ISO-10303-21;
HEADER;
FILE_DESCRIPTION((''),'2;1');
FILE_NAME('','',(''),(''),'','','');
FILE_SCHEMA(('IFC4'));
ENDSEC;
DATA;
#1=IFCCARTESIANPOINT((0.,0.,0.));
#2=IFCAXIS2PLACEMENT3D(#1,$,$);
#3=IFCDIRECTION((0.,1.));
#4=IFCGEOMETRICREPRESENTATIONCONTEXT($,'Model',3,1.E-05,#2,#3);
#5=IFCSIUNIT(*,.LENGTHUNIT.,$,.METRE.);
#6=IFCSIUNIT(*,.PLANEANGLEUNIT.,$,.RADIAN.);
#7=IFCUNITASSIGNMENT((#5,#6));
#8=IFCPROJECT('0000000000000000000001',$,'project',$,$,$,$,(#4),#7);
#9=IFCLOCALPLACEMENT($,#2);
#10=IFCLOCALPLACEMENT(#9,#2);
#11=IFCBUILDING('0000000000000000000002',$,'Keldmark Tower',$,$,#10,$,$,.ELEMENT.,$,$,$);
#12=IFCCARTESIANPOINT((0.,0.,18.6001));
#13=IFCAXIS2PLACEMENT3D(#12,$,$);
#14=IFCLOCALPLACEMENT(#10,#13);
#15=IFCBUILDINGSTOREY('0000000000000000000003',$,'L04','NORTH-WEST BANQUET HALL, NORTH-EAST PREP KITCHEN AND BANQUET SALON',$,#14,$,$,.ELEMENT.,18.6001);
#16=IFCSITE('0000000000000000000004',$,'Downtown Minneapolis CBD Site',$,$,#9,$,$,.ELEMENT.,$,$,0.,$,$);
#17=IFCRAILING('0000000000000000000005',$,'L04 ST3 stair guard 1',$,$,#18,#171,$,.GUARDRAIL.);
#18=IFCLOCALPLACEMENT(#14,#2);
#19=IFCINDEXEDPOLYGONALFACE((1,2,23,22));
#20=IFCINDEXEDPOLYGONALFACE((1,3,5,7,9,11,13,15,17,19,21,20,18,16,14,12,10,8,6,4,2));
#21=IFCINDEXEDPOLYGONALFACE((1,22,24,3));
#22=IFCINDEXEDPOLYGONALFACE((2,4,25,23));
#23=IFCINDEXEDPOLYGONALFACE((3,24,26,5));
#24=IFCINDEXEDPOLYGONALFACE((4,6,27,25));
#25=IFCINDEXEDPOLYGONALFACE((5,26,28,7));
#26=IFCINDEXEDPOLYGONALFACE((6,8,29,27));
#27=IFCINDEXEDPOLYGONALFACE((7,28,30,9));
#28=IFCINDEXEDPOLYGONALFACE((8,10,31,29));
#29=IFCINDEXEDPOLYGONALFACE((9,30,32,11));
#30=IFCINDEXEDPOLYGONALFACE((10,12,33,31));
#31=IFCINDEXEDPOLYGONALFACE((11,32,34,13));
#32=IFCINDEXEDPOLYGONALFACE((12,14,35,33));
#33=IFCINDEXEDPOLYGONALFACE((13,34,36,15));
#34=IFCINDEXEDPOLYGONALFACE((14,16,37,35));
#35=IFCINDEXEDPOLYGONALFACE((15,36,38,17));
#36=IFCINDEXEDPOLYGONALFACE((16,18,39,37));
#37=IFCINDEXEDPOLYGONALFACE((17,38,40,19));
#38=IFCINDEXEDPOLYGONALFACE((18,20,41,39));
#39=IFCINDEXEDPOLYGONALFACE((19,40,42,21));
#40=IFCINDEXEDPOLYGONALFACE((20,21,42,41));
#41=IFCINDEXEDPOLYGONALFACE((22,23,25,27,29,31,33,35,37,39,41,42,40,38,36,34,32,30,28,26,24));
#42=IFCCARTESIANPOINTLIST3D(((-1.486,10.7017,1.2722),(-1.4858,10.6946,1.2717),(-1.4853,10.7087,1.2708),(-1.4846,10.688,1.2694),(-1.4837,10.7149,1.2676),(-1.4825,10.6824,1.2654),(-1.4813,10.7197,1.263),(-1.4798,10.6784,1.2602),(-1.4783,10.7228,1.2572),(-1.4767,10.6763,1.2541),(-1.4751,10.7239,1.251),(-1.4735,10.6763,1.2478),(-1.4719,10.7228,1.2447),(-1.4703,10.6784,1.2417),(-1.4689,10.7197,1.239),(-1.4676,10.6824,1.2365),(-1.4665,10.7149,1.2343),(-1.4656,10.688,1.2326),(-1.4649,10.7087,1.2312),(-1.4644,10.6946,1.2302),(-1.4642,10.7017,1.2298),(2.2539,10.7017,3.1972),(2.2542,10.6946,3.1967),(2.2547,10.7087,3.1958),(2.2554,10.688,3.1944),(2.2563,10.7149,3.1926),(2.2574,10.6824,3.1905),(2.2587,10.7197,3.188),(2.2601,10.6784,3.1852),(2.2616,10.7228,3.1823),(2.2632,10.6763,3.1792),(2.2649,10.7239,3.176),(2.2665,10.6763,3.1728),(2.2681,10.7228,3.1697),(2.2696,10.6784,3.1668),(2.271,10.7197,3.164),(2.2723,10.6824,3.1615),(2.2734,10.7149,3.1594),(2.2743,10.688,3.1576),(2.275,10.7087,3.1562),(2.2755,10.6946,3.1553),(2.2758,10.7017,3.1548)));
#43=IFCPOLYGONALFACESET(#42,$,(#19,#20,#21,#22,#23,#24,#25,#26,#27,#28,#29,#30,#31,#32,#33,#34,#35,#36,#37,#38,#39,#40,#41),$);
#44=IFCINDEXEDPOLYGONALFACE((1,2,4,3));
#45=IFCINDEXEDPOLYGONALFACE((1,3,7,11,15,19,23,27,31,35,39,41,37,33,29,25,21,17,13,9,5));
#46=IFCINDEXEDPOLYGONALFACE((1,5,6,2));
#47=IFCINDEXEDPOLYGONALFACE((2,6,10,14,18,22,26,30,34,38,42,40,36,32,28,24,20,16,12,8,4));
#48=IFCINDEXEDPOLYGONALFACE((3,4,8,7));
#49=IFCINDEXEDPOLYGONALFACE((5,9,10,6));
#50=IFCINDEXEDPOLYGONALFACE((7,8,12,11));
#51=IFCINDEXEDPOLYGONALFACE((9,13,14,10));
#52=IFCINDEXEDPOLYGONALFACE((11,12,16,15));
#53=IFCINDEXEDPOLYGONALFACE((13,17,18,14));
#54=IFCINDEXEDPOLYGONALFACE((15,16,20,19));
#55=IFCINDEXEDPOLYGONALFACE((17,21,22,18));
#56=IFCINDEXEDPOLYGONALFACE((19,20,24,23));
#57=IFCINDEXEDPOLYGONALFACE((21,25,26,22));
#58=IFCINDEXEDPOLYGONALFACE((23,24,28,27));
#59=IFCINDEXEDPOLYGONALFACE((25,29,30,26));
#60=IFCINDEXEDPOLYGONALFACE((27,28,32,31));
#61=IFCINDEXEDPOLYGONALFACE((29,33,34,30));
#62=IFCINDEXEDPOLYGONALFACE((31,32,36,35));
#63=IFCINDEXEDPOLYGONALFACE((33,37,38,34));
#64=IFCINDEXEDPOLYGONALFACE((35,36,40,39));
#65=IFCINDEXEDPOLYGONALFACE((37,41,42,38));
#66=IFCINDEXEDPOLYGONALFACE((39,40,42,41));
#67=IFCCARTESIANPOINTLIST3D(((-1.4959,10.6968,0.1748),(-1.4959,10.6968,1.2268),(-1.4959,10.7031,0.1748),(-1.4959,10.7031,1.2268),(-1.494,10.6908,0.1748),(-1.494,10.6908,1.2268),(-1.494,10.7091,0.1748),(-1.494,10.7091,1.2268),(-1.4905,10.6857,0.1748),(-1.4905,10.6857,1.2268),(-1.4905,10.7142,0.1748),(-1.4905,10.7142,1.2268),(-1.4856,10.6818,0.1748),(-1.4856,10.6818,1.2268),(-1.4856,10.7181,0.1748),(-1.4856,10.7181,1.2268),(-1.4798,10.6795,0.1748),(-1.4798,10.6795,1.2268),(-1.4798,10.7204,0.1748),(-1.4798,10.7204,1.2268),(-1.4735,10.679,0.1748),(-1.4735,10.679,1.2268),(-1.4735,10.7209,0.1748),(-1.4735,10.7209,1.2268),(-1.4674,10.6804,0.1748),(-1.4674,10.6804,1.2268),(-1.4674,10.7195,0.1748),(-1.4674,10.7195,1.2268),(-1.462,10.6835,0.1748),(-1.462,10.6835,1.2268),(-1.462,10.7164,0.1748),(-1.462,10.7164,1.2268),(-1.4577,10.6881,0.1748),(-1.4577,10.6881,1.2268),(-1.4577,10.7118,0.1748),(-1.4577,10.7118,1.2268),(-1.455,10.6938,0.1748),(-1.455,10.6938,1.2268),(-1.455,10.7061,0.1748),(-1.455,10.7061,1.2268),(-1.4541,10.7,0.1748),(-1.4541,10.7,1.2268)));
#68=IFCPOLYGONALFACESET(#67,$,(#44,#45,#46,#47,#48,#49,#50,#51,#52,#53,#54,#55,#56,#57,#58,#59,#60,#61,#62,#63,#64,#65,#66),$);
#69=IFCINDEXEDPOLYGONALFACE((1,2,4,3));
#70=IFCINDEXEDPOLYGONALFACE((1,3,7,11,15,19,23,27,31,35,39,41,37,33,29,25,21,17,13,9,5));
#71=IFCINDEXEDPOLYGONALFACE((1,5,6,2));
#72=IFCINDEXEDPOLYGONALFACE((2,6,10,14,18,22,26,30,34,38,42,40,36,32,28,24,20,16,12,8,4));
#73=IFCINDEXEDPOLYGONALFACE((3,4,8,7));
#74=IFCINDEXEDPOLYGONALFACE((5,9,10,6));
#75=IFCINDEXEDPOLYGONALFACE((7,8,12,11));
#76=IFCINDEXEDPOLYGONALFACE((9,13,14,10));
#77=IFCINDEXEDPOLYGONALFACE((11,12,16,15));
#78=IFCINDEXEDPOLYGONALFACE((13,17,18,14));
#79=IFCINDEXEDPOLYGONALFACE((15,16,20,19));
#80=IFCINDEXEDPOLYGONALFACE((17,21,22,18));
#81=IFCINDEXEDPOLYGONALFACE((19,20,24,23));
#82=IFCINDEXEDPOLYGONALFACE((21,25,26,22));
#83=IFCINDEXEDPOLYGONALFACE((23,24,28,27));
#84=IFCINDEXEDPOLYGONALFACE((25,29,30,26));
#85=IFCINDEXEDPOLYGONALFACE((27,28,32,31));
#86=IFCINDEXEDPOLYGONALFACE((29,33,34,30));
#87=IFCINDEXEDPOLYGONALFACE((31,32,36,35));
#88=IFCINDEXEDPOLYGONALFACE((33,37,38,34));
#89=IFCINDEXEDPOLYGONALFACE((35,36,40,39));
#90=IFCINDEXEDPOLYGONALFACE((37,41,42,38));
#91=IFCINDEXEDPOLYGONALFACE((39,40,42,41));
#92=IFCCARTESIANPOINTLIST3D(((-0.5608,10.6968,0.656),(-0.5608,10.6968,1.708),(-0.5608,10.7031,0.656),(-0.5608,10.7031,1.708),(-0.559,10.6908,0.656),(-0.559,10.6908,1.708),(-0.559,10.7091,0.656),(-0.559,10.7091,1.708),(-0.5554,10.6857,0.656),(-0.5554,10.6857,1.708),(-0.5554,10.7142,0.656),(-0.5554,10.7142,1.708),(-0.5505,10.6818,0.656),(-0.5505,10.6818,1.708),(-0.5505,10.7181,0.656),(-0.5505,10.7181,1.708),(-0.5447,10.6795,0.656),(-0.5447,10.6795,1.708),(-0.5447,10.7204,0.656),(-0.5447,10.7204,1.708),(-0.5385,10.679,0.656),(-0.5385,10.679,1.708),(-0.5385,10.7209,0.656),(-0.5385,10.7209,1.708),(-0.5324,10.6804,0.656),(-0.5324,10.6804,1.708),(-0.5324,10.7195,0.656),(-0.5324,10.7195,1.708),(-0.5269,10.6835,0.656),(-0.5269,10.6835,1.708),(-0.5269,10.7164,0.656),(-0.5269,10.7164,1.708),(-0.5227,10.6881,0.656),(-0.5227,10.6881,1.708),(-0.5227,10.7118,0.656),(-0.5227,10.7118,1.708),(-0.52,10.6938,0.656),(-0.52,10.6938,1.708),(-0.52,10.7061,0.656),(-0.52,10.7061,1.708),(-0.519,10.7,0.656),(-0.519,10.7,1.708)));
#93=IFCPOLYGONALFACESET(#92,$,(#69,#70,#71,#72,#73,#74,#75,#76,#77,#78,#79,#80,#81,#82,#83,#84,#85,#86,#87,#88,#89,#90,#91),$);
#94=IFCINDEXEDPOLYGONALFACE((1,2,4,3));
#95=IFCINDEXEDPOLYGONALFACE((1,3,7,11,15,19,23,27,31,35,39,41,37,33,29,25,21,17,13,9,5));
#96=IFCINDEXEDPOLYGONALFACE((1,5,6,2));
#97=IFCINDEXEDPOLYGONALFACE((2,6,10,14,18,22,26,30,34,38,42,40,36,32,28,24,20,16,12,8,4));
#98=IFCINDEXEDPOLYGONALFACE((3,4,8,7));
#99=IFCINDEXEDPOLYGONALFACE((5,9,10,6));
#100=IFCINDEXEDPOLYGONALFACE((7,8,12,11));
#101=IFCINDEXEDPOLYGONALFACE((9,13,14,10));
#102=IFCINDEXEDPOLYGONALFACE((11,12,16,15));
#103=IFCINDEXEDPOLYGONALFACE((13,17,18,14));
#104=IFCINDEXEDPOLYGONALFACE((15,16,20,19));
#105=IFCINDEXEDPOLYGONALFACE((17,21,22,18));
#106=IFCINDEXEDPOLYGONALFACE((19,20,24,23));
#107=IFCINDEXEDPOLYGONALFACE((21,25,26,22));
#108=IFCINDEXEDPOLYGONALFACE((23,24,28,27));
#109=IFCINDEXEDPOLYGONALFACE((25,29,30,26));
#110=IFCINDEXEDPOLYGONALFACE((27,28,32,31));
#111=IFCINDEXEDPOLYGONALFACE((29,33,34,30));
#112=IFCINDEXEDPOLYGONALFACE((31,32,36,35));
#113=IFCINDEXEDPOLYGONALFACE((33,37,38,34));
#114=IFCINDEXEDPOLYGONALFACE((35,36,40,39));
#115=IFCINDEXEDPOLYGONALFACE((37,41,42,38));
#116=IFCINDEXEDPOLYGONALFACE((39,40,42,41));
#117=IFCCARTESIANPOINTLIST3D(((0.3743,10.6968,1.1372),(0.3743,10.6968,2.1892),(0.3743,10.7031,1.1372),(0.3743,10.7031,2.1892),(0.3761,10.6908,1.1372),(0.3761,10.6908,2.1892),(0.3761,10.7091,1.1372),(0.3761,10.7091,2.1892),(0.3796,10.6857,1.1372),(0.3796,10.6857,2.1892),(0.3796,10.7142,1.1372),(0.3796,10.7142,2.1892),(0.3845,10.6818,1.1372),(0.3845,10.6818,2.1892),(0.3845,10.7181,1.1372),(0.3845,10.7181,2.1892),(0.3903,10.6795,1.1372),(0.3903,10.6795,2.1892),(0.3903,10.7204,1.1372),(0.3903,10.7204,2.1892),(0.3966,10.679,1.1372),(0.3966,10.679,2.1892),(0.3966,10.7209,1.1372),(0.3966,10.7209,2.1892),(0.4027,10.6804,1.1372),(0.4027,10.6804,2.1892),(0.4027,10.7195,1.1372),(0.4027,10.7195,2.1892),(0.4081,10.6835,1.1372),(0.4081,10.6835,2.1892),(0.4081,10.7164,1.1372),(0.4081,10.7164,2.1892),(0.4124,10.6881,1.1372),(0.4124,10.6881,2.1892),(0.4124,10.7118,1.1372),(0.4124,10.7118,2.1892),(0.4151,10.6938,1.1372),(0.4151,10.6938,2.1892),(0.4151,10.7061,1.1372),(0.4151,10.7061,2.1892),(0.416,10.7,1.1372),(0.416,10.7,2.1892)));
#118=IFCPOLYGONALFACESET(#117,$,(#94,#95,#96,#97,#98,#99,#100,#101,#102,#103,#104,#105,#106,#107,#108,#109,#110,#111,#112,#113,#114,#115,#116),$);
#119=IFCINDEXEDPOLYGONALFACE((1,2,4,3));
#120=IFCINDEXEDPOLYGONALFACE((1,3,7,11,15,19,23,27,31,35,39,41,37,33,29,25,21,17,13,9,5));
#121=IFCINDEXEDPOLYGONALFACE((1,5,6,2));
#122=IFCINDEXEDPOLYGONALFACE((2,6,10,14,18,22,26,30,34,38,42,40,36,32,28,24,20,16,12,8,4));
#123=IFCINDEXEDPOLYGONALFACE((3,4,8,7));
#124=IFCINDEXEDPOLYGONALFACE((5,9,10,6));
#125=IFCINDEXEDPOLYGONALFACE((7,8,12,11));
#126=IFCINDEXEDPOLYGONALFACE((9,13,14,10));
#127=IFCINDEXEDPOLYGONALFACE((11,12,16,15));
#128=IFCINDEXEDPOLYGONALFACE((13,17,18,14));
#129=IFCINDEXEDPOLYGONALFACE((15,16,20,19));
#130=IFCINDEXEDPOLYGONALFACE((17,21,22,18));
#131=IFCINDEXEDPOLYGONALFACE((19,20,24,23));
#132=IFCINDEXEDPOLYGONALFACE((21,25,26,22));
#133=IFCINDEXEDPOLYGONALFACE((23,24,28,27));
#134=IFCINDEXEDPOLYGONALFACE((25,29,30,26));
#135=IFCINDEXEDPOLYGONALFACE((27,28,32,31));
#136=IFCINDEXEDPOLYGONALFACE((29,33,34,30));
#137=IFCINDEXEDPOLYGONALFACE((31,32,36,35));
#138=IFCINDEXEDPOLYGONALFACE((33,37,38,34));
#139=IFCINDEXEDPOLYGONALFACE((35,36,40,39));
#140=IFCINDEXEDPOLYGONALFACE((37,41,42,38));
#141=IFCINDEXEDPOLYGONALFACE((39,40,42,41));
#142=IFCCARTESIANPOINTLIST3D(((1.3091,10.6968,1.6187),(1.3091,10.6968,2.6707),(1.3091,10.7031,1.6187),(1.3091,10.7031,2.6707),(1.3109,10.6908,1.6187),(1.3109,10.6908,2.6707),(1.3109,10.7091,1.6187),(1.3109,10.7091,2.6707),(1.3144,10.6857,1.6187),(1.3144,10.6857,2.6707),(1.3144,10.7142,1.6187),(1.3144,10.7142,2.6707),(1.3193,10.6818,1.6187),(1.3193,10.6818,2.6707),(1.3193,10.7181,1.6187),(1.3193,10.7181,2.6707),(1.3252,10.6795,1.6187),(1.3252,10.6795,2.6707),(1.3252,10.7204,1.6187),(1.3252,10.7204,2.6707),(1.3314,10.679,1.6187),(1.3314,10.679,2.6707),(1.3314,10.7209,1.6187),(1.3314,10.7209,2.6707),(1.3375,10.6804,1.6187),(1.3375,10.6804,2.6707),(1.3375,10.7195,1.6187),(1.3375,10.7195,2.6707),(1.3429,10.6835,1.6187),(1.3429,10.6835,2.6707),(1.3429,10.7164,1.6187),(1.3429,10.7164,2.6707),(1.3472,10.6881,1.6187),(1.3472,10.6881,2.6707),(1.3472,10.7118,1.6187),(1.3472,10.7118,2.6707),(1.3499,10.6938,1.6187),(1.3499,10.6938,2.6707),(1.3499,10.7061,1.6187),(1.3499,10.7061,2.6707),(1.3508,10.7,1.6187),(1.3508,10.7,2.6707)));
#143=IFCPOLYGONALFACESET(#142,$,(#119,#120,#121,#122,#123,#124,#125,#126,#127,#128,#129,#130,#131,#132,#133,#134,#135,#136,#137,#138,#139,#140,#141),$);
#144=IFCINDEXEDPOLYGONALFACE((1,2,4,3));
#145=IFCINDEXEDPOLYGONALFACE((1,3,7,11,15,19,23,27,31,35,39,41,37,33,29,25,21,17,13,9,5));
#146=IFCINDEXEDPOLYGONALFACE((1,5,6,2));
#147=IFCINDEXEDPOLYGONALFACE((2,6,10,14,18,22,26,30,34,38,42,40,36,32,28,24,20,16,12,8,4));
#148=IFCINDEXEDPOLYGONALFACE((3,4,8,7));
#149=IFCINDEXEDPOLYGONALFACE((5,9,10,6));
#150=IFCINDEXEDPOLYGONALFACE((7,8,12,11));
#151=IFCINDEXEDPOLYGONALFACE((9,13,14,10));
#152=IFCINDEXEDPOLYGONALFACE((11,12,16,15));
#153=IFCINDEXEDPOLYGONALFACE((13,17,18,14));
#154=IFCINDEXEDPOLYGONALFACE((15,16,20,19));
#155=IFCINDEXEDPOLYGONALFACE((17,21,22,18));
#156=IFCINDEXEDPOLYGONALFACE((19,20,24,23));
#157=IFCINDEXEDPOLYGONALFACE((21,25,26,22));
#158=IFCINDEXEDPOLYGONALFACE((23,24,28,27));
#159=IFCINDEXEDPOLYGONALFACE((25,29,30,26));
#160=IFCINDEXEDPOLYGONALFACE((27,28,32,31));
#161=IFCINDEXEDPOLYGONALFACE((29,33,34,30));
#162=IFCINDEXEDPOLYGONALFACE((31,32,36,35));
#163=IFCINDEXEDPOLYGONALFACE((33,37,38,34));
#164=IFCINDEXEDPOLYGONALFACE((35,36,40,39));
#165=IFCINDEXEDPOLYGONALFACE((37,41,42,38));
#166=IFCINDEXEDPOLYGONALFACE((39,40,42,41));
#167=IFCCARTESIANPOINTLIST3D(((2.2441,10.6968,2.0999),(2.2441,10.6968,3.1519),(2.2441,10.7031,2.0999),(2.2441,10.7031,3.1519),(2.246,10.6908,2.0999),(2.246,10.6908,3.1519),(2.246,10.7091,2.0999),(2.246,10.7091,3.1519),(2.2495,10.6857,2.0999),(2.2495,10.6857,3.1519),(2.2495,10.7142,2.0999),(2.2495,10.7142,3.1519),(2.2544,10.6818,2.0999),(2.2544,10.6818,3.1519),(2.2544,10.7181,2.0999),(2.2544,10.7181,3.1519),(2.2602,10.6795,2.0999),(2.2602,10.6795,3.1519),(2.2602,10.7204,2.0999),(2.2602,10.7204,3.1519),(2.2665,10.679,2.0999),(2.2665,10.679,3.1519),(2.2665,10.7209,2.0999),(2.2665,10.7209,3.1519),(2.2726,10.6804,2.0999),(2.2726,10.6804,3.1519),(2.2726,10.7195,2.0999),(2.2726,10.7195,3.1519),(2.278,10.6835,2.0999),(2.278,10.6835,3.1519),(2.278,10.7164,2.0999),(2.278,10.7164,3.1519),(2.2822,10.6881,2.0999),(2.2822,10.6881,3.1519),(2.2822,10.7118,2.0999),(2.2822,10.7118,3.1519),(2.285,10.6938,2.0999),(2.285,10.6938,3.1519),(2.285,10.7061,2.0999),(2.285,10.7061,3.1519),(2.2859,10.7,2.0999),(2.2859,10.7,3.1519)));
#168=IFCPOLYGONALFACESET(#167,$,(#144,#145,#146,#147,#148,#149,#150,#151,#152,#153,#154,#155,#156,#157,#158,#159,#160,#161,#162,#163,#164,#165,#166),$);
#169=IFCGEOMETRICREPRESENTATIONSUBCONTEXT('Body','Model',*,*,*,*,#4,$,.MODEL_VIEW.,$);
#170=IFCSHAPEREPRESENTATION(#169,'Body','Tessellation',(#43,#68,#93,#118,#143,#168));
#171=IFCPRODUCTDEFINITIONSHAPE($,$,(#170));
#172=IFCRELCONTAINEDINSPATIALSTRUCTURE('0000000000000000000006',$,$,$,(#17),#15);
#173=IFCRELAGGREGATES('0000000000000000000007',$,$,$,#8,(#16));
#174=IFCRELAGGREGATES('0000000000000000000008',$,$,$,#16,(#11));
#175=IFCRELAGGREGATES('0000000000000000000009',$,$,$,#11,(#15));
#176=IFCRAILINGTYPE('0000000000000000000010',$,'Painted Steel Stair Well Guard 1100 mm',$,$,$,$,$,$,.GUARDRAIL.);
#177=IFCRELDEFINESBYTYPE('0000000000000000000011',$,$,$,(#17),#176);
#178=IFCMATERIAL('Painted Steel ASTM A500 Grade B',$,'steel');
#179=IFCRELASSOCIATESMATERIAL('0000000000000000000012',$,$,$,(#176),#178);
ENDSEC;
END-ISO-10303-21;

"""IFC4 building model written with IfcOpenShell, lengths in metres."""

from ifc_helpers import new_model, si_unit, direction, frame, origin, origin_2d, place, context, subcontext, project, spatial, circle, extrude, material, type_object, element, save


model = new_model("IFC4")

# Units and contexts
model_context = context("Model", 3, precision=1e-05, world=origin(), true_north=direction((0.0, 1.0)))
body_context = subcontext(model_context, "Body", "Model", "MODEL_VIEW")
ifc_project = project(units=[si_unit("LENGTHUNIT", "METRE"), si_unit("PLANEANGLEUNIT", "RADIAN")], contexts=[model_context])

# Site, building, storey
site_placement = place(None, origin())
site = spatial("IfcSite", under=ifc_project, at=site_placement, Name="Downtown Minneapolis CBD Site", CompositionType="ELEMENT", RefElevation=0.0)
building_placement = place(site_placement, origin())
building = spatial("IfcBuilding", under=site, at=building_placement, Name="Keldmark Tower", CompositionType="ELEMENT")
storey_placement = place(building_placement, frame((0.0, 0.0, 18.6001)))
storey = spatial("IfcBuildingStorey", under=building, at=storey_placement, Name="L04", Description="NORTH-WEST BANQUET HALL, NORTH-EAST PREP KITCHEN AND BANQUET SALON", CompositionType="ELEMENT", Elevation=18.6001)

# Railing
ifc_material_1 = material(Name="Painted Steel ASTM A500 Grade B", Category="steel")
railing_type_1 = type_object("IfcRailingType", Name="Painted Steel Stair Well Guard 1100 mm", PredefinedType="GUARDRAIL", material=ifc_material_1)
railing_1_placement = place(storey_placement, frame((-1.4751, 10.7, 0.1748)))
element("IfcRailing", 1, at=railing_1_placement, inside=storey, type_object=railing_type_1, Name="L04 ST3 stair guard 1", PredefinedType="GUARDRAIL", context=body_context, shape_type="SweptSolid", body=[
    extrude(circle(Radius=0.0239, at=origin_2d()), frame((0.0, 0.0, 1.0762), z_axis=(0.889131, 0.0, 0.457654), x_axis=(0.0, 1.0, 0.0)), (0.0, 0.0, 1.0), 4.2063),
    extrude(circle(Radius=0.021, at=origin_2d()), origin(), (0.0, 0.0, 1.0), 1.052),
    extrude(circle(Radius=0.021, at=origin_2d()), frame((0.9351, 0.0, 0.4812)), (0.0, 0.0, 1.0), 1.052),
    extrude(circle(Radius=0.021, at=origin_2d()), frame((1.8701, 0.0, 0.9624)), (0.0, 0.0, 1.0), 1.052),
    extrude(circle(Radius=0.021, at=origin_2d()), frame((2.8049, 0.0, 1.4438)), (0.0, 0.0, 1.0), 1.052),
    extrude(circle(Radius=0.021, at=origin_2d()), frame((3.74, 0.0, 1.925)), (0.0, 0.0, 1.0), 1.052),
])

save(model, "model.ifc")
